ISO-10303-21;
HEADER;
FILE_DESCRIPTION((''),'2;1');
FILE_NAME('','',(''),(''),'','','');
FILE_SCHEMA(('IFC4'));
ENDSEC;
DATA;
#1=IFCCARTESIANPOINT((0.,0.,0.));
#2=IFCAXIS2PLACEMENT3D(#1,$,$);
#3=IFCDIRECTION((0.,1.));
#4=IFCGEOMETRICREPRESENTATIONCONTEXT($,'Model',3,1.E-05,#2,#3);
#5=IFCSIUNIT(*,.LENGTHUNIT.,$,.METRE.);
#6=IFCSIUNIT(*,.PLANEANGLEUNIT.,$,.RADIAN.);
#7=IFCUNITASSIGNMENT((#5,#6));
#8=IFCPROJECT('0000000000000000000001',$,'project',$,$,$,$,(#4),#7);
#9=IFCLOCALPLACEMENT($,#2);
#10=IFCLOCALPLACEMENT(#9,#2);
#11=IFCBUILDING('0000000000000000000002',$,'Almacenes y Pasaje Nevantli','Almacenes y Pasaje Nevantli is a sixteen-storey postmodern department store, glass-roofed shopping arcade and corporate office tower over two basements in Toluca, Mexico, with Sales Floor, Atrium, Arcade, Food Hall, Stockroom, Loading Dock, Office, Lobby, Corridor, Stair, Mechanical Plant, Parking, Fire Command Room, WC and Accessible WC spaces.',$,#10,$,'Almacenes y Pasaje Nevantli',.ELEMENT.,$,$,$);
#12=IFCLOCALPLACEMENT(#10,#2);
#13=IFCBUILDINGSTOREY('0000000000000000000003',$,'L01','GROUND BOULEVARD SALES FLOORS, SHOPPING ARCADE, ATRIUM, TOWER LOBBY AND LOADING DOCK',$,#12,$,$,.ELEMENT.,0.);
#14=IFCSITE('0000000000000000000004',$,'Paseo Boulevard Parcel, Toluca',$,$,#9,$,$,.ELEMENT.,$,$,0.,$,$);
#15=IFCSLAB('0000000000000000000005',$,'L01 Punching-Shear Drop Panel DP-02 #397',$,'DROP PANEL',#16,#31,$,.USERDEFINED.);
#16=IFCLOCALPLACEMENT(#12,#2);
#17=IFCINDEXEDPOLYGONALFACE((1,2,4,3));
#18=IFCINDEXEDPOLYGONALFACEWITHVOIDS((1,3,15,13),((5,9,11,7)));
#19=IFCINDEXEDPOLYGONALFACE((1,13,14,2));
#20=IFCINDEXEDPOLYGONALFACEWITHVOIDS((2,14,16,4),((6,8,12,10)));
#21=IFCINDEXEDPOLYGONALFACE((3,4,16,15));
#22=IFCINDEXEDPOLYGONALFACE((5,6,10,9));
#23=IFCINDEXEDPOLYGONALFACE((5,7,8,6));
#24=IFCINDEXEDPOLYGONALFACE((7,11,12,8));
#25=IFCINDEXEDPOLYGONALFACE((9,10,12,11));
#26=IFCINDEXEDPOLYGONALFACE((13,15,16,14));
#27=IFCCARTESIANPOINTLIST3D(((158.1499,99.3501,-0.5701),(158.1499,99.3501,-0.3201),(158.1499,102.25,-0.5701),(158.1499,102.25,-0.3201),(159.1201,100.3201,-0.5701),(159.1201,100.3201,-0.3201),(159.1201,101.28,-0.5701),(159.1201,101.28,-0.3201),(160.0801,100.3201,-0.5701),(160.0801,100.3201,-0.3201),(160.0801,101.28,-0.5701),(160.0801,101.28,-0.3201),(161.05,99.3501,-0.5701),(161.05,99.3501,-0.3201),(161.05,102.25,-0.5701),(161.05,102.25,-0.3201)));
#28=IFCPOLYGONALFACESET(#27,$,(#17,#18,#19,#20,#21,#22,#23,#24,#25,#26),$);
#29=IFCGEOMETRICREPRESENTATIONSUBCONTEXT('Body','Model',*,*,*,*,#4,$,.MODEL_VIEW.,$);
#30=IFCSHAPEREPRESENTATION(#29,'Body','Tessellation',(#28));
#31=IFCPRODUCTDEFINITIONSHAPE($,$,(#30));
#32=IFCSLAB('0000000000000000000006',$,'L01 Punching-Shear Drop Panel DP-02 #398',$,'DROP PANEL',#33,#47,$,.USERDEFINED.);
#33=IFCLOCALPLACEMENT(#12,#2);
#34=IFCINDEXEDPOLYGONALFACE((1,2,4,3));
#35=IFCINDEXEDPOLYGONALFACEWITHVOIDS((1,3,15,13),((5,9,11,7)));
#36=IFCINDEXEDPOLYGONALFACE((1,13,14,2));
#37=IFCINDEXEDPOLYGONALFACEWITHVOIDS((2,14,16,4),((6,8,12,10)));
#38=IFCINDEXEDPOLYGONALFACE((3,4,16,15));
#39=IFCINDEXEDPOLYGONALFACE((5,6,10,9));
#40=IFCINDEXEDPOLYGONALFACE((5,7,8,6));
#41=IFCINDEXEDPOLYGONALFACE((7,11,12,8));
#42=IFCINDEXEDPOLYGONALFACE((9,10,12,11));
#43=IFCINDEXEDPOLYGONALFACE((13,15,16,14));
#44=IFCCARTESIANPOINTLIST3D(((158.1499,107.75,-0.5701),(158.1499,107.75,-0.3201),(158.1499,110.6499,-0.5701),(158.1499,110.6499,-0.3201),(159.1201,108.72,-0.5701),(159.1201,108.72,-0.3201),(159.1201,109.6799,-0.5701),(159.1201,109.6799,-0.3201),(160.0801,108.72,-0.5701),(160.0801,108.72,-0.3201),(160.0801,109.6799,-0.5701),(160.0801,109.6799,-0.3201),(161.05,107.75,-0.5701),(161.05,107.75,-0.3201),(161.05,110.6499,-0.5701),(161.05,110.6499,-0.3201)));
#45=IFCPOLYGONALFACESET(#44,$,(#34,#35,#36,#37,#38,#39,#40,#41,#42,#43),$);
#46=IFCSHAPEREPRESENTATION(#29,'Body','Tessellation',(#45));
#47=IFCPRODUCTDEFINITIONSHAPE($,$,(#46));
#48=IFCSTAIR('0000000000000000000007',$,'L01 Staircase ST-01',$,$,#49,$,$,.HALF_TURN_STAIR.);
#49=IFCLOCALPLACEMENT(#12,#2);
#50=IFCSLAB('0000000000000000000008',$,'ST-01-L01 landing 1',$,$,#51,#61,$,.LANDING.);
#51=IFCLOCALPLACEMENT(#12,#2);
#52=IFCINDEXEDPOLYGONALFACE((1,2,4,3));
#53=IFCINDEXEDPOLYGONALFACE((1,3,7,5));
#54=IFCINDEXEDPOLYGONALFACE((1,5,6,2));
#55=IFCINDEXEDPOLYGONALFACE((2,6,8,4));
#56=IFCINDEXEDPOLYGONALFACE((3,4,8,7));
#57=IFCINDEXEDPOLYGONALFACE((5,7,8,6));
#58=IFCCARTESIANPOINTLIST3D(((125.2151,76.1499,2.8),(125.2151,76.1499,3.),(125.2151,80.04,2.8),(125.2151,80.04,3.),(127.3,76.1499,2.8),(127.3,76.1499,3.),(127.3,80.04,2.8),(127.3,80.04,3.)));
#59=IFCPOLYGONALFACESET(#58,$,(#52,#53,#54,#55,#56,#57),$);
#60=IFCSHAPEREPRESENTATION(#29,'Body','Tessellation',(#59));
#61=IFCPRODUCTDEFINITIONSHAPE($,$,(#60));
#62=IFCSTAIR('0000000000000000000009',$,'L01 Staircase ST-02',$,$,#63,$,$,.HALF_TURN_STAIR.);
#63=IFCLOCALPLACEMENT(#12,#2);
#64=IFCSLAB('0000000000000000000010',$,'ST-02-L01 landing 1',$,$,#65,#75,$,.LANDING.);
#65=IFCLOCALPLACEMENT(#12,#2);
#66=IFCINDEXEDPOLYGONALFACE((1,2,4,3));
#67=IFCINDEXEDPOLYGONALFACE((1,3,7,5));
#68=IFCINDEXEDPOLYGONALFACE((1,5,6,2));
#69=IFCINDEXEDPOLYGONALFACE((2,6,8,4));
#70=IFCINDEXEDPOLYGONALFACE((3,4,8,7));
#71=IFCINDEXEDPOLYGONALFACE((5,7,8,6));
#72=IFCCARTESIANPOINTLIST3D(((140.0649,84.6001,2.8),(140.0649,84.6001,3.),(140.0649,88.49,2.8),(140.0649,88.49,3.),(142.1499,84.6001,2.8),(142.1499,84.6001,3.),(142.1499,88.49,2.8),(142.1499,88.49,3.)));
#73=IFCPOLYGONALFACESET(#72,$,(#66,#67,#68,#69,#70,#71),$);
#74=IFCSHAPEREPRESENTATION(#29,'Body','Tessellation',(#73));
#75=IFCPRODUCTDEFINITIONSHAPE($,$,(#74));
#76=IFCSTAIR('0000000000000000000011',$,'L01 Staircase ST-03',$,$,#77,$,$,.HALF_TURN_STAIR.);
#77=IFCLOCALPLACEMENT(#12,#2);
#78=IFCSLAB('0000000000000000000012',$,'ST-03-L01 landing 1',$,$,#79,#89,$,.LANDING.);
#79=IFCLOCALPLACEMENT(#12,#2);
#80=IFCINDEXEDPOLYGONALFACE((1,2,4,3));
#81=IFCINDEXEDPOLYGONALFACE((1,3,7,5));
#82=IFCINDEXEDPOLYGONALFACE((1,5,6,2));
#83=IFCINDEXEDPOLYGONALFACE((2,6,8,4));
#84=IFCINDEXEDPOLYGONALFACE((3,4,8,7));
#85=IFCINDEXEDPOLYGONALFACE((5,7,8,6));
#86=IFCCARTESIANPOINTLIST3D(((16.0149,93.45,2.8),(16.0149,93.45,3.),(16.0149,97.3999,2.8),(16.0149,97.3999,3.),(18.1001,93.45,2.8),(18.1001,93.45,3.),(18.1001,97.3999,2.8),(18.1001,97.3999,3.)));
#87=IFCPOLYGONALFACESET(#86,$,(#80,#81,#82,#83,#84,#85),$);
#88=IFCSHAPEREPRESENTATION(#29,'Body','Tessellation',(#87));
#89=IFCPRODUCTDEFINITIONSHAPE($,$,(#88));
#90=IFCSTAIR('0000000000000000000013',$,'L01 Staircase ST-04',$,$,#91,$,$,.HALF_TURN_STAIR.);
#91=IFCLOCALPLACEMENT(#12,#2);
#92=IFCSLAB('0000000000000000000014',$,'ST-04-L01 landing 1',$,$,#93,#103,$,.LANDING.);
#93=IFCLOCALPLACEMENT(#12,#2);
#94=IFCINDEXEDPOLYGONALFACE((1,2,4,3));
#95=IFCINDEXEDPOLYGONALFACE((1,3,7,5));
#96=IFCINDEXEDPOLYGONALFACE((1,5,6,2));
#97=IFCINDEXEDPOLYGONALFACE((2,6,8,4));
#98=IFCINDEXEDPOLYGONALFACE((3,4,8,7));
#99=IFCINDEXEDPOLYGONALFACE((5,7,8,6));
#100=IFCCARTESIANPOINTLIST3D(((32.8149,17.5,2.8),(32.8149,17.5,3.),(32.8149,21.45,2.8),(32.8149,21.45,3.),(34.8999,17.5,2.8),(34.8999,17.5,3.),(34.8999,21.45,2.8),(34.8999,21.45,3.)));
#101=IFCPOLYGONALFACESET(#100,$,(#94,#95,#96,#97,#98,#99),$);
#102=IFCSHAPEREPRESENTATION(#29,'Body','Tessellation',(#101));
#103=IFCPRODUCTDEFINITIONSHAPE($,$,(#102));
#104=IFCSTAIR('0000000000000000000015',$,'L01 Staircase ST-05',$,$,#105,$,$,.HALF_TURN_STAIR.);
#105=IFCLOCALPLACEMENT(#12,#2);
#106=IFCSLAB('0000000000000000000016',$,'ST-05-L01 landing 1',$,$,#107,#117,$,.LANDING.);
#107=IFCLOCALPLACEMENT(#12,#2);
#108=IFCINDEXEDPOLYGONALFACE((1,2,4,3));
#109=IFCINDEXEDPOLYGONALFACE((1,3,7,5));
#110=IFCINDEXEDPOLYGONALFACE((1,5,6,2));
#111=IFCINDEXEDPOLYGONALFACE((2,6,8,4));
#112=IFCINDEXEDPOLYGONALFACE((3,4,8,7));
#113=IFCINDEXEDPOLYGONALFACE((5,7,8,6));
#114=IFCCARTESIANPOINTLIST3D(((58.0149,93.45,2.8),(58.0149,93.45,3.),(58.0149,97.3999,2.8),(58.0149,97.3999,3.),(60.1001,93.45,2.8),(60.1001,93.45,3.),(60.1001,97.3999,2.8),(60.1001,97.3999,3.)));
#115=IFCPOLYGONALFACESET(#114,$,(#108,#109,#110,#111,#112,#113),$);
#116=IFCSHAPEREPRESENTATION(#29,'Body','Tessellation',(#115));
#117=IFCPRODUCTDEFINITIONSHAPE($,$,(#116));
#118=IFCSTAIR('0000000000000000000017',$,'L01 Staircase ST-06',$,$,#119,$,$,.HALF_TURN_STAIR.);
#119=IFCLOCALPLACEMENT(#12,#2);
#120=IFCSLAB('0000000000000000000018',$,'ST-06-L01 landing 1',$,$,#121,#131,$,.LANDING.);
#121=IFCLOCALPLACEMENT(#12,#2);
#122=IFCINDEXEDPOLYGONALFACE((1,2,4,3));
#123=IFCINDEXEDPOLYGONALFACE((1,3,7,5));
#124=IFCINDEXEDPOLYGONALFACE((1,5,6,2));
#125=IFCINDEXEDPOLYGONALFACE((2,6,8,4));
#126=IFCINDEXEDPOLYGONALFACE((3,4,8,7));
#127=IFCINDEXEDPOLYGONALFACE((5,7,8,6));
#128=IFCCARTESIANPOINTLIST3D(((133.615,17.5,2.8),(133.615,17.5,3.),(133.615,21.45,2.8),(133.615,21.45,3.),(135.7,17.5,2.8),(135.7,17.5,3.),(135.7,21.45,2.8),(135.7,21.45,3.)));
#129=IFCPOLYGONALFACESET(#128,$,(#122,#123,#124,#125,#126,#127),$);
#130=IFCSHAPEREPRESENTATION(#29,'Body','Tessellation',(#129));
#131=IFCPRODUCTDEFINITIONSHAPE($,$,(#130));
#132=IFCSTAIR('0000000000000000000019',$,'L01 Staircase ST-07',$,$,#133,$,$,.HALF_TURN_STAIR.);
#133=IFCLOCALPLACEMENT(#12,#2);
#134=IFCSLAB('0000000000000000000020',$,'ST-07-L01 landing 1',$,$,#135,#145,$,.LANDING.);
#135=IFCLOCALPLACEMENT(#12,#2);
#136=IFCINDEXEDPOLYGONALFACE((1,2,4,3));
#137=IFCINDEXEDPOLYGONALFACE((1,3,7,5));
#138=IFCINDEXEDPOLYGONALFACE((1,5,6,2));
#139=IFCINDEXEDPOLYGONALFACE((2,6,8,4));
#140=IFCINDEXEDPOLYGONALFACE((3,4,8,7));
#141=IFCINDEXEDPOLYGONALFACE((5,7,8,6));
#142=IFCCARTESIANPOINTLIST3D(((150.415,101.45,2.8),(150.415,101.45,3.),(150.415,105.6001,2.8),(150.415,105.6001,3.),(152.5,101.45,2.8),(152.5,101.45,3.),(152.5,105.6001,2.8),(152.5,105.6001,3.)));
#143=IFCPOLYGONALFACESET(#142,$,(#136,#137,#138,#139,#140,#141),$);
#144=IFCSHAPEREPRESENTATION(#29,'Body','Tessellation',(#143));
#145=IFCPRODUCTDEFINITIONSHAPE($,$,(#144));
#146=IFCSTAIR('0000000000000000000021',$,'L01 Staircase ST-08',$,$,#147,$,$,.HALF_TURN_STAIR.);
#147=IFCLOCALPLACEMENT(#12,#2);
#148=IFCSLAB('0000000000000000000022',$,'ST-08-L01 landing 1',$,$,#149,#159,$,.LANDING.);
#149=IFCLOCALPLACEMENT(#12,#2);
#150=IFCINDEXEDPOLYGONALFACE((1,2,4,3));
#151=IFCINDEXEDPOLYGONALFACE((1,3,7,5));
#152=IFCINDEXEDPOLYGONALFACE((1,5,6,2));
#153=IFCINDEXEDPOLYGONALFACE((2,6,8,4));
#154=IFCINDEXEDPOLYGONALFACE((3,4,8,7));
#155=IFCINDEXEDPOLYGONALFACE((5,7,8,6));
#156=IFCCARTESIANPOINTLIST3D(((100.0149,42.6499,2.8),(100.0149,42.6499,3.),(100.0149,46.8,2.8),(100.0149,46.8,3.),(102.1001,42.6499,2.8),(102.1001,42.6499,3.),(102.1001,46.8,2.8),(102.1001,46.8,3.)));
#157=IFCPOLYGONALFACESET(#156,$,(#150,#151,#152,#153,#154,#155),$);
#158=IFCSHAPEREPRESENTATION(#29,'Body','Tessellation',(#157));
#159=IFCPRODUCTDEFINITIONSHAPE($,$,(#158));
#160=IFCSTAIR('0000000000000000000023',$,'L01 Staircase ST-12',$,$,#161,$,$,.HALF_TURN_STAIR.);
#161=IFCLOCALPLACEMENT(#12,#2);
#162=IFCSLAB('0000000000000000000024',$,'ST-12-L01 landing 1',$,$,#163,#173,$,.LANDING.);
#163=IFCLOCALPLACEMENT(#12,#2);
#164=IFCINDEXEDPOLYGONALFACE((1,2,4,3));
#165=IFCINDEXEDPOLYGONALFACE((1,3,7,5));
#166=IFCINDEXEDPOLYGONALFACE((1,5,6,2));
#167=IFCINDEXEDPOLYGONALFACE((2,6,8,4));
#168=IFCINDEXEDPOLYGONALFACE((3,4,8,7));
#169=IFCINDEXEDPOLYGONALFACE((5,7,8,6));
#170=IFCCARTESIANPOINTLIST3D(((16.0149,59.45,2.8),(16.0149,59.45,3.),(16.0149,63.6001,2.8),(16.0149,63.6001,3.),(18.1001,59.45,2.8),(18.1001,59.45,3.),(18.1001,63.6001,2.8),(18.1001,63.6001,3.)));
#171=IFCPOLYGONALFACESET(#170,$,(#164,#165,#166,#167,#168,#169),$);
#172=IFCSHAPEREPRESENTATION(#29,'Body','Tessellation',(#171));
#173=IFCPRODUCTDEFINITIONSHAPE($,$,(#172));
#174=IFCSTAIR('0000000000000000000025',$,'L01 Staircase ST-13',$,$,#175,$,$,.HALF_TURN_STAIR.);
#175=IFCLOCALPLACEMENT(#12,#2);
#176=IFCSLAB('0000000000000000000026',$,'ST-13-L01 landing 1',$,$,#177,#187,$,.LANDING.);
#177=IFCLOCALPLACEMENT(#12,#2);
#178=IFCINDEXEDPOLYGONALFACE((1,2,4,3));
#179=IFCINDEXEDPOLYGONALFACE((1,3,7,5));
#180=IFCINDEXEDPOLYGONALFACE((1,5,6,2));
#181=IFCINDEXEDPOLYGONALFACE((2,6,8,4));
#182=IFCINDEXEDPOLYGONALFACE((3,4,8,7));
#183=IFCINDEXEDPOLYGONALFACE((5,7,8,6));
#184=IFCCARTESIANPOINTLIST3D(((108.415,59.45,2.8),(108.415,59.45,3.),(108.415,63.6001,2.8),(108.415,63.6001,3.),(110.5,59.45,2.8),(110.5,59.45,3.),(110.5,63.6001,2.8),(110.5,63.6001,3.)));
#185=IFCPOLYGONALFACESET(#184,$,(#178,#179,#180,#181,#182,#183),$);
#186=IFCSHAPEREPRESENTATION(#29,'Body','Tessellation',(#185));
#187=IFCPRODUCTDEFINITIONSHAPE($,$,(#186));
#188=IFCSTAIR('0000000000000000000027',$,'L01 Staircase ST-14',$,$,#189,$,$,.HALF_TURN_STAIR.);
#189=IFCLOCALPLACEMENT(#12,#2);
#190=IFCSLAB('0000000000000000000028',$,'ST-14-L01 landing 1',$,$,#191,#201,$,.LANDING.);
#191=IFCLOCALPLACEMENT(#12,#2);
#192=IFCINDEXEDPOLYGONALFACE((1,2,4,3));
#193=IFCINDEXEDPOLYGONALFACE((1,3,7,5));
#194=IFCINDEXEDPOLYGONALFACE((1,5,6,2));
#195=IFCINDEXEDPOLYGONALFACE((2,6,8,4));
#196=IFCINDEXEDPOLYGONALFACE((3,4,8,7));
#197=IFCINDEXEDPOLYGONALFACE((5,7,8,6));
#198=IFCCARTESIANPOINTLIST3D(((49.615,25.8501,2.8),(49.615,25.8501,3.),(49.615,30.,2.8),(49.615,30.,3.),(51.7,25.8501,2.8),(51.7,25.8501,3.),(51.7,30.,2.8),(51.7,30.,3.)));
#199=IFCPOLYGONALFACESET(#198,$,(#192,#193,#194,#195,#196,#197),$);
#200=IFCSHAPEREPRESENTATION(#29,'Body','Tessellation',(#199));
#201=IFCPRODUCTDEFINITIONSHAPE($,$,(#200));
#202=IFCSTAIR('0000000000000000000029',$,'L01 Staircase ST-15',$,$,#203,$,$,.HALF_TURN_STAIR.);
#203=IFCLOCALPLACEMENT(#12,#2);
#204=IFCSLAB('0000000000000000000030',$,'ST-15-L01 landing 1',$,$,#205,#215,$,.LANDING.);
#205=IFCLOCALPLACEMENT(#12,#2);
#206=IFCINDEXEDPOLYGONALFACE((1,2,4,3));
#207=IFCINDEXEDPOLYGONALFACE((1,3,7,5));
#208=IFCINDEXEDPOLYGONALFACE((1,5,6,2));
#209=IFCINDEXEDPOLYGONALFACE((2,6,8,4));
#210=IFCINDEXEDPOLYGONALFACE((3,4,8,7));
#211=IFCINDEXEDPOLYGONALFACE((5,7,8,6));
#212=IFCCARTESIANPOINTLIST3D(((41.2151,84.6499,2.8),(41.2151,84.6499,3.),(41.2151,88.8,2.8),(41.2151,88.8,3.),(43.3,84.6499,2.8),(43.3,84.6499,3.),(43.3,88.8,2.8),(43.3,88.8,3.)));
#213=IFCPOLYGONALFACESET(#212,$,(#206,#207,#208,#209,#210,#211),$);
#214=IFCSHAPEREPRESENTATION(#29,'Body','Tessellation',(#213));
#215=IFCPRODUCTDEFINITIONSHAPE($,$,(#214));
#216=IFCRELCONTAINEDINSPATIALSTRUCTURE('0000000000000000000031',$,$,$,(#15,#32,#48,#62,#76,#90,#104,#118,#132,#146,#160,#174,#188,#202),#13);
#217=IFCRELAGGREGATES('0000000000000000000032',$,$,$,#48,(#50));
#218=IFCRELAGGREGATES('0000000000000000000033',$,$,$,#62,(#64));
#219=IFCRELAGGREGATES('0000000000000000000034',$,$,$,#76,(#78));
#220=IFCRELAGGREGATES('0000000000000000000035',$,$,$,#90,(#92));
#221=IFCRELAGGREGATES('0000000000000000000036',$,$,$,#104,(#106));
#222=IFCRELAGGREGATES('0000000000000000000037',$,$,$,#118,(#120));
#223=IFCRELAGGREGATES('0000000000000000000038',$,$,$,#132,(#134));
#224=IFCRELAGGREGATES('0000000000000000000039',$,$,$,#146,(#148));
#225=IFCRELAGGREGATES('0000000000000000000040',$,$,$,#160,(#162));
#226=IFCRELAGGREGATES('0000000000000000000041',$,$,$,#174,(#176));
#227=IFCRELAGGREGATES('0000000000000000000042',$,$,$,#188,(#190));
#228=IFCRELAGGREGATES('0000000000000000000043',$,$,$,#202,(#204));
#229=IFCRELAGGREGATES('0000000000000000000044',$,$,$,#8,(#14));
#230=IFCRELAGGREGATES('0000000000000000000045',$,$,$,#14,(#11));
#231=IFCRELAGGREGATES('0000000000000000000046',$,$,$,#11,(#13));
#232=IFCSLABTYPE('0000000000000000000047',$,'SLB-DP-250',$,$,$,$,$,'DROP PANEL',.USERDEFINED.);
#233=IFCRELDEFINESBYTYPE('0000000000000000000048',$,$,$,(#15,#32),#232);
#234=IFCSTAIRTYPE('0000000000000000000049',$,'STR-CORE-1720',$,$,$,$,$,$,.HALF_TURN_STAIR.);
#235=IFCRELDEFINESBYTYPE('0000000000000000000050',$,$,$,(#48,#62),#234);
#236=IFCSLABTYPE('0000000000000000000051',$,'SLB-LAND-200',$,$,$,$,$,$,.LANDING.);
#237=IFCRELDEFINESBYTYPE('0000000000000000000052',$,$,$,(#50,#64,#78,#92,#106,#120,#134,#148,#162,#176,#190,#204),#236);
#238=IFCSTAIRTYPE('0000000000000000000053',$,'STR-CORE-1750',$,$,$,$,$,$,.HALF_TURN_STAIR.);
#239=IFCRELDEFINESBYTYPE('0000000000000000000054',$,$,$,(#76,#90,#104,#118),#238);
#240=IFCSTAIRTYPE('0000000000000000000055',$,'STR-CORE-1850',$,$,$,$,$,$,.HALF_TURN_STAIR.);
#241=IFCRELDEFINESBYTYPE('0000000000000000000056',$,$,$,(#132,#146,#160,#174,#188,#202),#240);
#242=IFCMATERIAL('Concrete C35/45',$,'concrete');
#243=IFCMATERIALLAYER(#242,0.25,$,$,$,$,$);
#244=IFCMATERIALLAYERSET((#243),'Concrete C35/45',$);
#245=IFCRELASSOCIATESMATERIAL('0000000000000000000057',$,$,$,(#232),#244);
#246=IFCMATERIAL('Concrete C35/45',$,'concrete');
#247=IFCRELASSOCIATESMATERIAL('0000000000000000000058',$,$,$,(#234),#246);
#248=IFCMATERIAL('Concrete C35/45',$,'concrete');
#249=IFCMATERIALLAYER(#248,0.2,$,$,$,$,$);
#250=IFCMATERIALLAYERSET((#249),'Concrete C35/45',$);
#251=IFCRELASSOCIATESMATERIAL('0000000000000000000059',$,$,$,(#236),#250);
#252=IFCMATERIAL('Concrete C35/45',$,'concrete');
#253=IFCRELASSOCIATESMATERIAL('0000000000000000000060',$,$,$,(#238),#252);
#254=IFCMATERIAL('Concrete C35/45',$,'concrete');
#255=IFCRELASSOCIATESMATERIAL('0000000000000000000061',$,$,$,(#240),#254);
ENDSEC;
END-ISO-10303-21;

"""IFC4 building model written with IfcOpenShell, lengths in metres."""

from ifc_helpers import new_model, si_unit, direction, frame, origin, place, context, subcontext, project, spatial, polyline, outline, extrude, material, layer, layer_set, type_object, element, aggregate, save


model = new_model("IFC4")

# Units and contexts
model_context = context("Model", 3, precision=1e-05, world=origin(), true_north=direction((0.0, 1.0)))
body_context = subcontext(model_context, "Body", "Model", "MODEL_VIEW")
ifc_project = project(units=[si_unit("LENGTHUNIT", "METRE"), si_unit("PLANEANGLEUNIT", "RADIAN")], contexts=[model_context])

# Site, building, storey
site_placement = place(None, origin())
site = spatial("IfcSite", under=ifc_project, at=site_placement, Name="Paseo Boulevard Parcel, Toluca", CompositionType="ELEMENT", RefElevation=0.0)
building_placement = place(site_placement, origin())
building = spatial("IfcBuilding", under=site, at=building_placement, Name="Almacenes y Pasaje Nevantli", Description="Almacenes y Pasaje Nevantli is a sixteen-storey postmodern department store, glass-roofed shopping arcade and corporate office tower over two basements in Toluca, Mexico, with Sales Floor, Atrium, Arcade, Food Hall, Stockroom, Loading Dock, Office, Lobby, Corridor, Stair, Mechanical Plant, Parking, Fire Command Room, WC and Accessible WC spaces.", LongName="Almacenes y Pasaje Nevantli", CompositionType="ELEMENT")
storey_placement = place(building_placement, origin())
storey = spatial("IfcBuildingStorey", under=building, at=storey_placement, Name="L01", Description="GROUND BOULEVARD SALES FLOORS, SHOPPING ARCADE, ATRIUM, TOWER LOBBY AND LOADING DOCK", CompositionType="ELEMENT", Elevation=0.0)

# Slabs
ifc_material_1 = material(Name="Concrete C35/45", Category="concrete")
ifc_layer_1 = layer(ifc_material_1, 0.25)
ifc_layer_set_1 = layer_set([ifc_layer_1], Name="Concrete C35/45")
slab_type_1 = type_object("IfcSlabType", Name="SLB-DP-250", ElementType="DROP PANEL", PredefinedType="USERDEFINED", material=ifc_layer_set_1)
slab_1_placement = place(storey_placement, frame((0.0, 0.0, -0.5701)))
element("IfcSlab", 1, at=slab_1_placement, inside=storey, type_object=slab_type_1, Name="L01 Punching-Shear Drop Panel DP-02 #397", ObjectType="DROP PANEL", PredefinedType="USERDEFINED", context=body_context, shape_type="SweptSolid", body=[
    extrude(outline(polyline([(158.1499, 99.3501), (161.05, 99.3501), (161.05, 102.25), (158.1499, 102.25), (158.1499, 99.3501)]), holes=[polyline([(159.1201, 100.3201), (160.0801, 100.3201), (160.0801, 101.28), (159.1201, 101.28), (159.1201, 100.3201)])]), origin(), (0.0, 0.0, 1.0), 0.25),
])
slab_2_placement = place(storey_placement, frame((0.0, 0.0, -0.5701)))
element("IfcSlab", 2, at=slab_2_placement, inside=storey, type_object=slab_type_1, Name="L01 Punching-Shear Drop Panel DP-02 #398", ObjectType="DROP PANEL", PredefinedType="USERDEFINED", context=body_context, shape_type="SweptSolid", body=[
    extrude(outline(polyline([(158.1499, 107.75), (161.05, 107.75), (161.05, 110.6499), (158.1499, 110.6499), (158.1499, 107.75)]), holes=[polyline([(159.1201, 108.72), (160.0801, 108.72), (160.0801, 109.6799), (159.1201, 109.6799), (159.1201, 108.72)])]), origin(), (0.0, 0.0, 1.0), 0.25),
])

# Stairs, slabs
ifc_material_2 = material(Name="Concrete C35/45", Category="concrete")
stair_type_1 = type_object("IfcStairType", Name="STR-CORE-1720", PredefinedType="HALF_TURN_STAIR", material=ifc_material_2)
stair_1_placement = place(storey_placement, origin())
stair_1 = element("IfcStair", 3, at=stair_1_placement, inside=storey, type_object=stair_type_1, Name="L01 Staircase ST-01", PredefinedType="HALF_TURN_STAIR")
ifc_material_3 = material(Name="Concrete C35/45", Category="concrete")
ifc_layer_2 = layer(ifc_material_3, 0.2)
ifc_layer_set_2 = layer_set([ifc_layer_2], Name="Concrete C35/45")
slab_type_2 = type_object("IfcSlabType", Name="SLB-LAND-200", PredefinedType="LANDING", material=ifc_layer_set_2)
slab_3_placement = place(storey_placement, frame((0.0, 0.0, 2.8)))
slab_3 = element("IfcSlab", 4, at=slab_3_placement, type_object=slab_type_2, Name="ST-01-L01 landing 1", PredefinedType="LANDING", context=body_context, shape_type="SweptSolid", body=[
    extrude(outline(polyline([(125.2151, 76.1499), (127.3, 76.1499), (127.3, 80.04), (125.2151, 80.04), (125.2151, 76.1499)])), origin(), (0.0, 0.0, 1.0), 0.2),
])
aggregate(stair_1, [slab_3])
stair_2_placement = place(storey_placement, origin())
stair_2 = element("IfcStair", 5, at=stair_2_placement, inside=storey, type_object=stair_type_1, Name="L01 Staircase ST-02", PredefinedType="HALF_TURN_STAIR")
slab_4_placement = place(storey_placement, frame((0.0, 0.0, 2.8)))
slab_4 = element("IfcSlab", 6, at=slab_4_placement, type_object=slab_type_2, Name="ST-02-L01 landing 1", PredefinedType="LANDING", context=body_context, shape_type="SweptSolid", body=[
    extrude(outline(polyline([(140.0649, 84.6001), (142.1499, 84.6001), (142.1499, 88.49), (140.0649, 88.49), (140.0649, 84.6001)])), origin(), (0.0, 0.0, 1.0), 0.2),
])
aggregate(stair_2, [slab_4])
ifc_material_4 = material(Name="Concrete C35/45", Category="concrete")
stair_type_2 = type_object("IfcStairType", Name="STR-CORE-1750", PredefinedType="HALF_TURN_STAIR", material=ifc_material_4)
stair_3_placement = place(storey_placement, origin())
stair_3 = element("IfcStair", 7, at=stair_3_placement, inside=storey, type_object=stair_type_2, Name="L01 Staircase ST-03", PredefinedType="HALF_TURN_STAIR")
slab_5_placement = place(storey_placement, frame((0.0, 0.0, 2.8)))
slab_5 = element("IfcSlab", 8, at=slab_5_placement, type_object=slab_type_2, Name="ST-03-L01 landing 1", PredefinedType="LANDING", context=body_context, shape_type="SweptSolid", body=[
    extrude(outline(polyline([(16.0149, 93.45), (18.1001, 93.45), (18.1001, 97.3999), (16.0149, 97.3999), (16.0149, 93.45)])), origin(), (0.0, 0.0, 1.0), 0.2),
])
aggregate(stair_3, [slab_5])
stair_4_placement = place(storey_placement, origin())
stair_4 = element("IfcStair", 9, at=stair_4_placement, inside=storey, type_object=stair_type_2, Name="L01 Staircase ST-04", PredefinedType="HALF_TURN_STAIR")
slab_6_placement = place(storey_placement, frame((0.0, 0.0, 2.8)))
slab_6 = element("IfcSlab", 10, at=slab_6_placement, type_object=slab_type_2, Name="ST-04-L01 landing 1", PredefinedType="LANDING", context=body_context, shape_type="SweptSolid", body=[
    extrude(outline(polyline([(32.8149, 17.5), (34.8999, 17.5), (34.8999, 21.45), (32.8149, 21.45), (32.8149, 17.5)])), origin(), (0.0, 0.0, 1.0), 0.2),
])
aggregate(stair_4, [slab_6])
stair_5_placement = place(storey_placement, origin())
stair_5 = element("IfcStair", 11, at=stair_5_placement, inside=storey, type_object=stair_type_2, Name="L01 Staircase ST-05", PredefinedType="HALF_TURN_STAIR")
slab_7_placement = place(storey_placement, frame((0.0, 0.0, 2.8)))
slab_7 = element("IfcSlab", 12, at=slab_7_placement, type_object=slab_type_2, Name="ST-05-L01 landing 1", PredefinedType="LANDING", context=body_context, shape_type="SweptSolid", body=[
    extrude(outline(polyline([(58.0149, 93.45), (60.1001, 93.45), (60.1001, 97.3999), (58.0149, 97.3999), (58.0149, 93.45)])), origin(), (0.0, 0.0, 1.0), 0.2),
])
aggregate(stair_5, [slab_7])
stair_6_placement = place(storey_placement, origin())
stair_6 = element("IfcStair", 13, at=stair_6_placement, inside=storey, type_object=stair_type_2, Name="L01 Staircase ST-06", PredefinedType="HALF_TURN_STAIR")
slab_8_placement = place(storey_placement, frame((0.0, 0.0, 2.8)))
slab_8 = element("IfcSlab", 14, at=slab_8_placement, type_object=slab_type_2, Name="ST-06-L01 landing 1", PredefinedType="LANDING", context=body_context, shape_type="SweptSolid", body=[
    extrude(outline(polyline([(133.615, 17.5), (135.7, 17.5), (135.7, 21.45), (133.615, 21.45), (133.615, 17.5)])), origin(), (0.0, 0.0, 1.0), 0.2),
])
aggregate(stair_6, [slab_8])
ifc_material_5 = material(Name="Concrete C35/45", Category="concrete")
stair_type_3 = type_object("IfcStairType", Name="STR-CORE-1850", PredefinedType="HALF_TURN_STAIR", material=ifc_material_5)
stair_7_placement = place(storey_placement, origin())
stair_7 = element("IfcStair", 15, at=stair_7_placement, inside=storey, type_object=stair_type_3, Name="L01 Staircase ST-07", PredefinedType="HALF_TURN_STAIR")
slab_9_placement = place(storey_placement, frame((0.0, 0.0, 2.8)))
slab_9 = element("IfcSlab", 16, at=slab_9_placement, type_object=slab_type_2, Name="ST-07-L01 landing 1", PredefinedType="LANDING", context=body_context, shape_type="SweptSolid", body=[
    extrude(outline(polyline([(150.415, 101.45), (152.5, 101.45), (152.5, 105.6001), (150.415, 105.6001), (150.415, 101.45)])), origin(), (0.0, 0.0, 1.0), 0.2),
])
aggregate(stair_7, [slab_9])
stair_8_placement = place(storey_placement, origin())
stair_8 = element("IfcStair", 17, at=stair_8_placement, inside=storey, type_object=stair_type_3, Name="L01 Staircase ST-08", PredefinedType="HALF_TURN_STAIR")
slab_10_placement = place(storey_placement, frame((0.0, 0.0, 2.8)))
slab_10 = element("IfcSlab", 18, at=slab_10_placement, type_object=slab_type_2, Name="ST-08-L01 landing 1", PredefinedType="LANDING", context=body_context, shape_type="SweptSolid", body=[
    extrude(outline(polyline([(100.0149, 42.6499), (102.1001, 42.6499), (102.1001, 46.8), (100.0149, 46.8), (100.0149, 42.6499)])), origin(), (0.0, 0.0, 1.0), 0.2),
])
aggregate(stair_8, [slab_10])
stair_9_placement = place(storey_placement, origin())
stair_9 = element("IfcStair", 19, at=stair_9_placement, inside=storey, type_object=stair_type_3, Name="L01 Staircase ST-12", PredefinedType="HALF_TURN_STAIR")
slab_11_placement = place(storey_placement, frame((0.0, 0.0, 2.8)))
slab_11 = element("IfcSlab", 20, at=slab_11_placement, type_object=slab_type_2, Name="ST-12-L01 landing 1", PredefinedType="LANDING", context=body_context, shape_type="SweptSolid", body=[
    extrude(outline(polyline([(16.0149, 59.45), (18.1001, 59.45), (18.1001, 63.6001), (16.0149, 63.6001), (16.0149, 59.45)])), origin(), (0.0, 0.0, 1.0), 0.2),
])
aggregate(stair_9, [slab_11])
stair_10_placement = place(storey_placement, origin())
stair_10 = element("IfcStair", 21, at=stair_10_placement, inside=storey, type_object=stair_type_3, Name="L01 Staircase ST-13", PredefinedType="HALF_TURN_STAIR")
slab_12_placement = place(storey_placement, frame((0.0, 0.0, 2.8)))
slab_12 = element("IfcSlab", 22, at=slab_12_placement, type_object=slab_type_2, Name="ST-13-L01 landing 1", PredefinedType="LANDING", context=body_context, shape_type="SweptSolid", body=[
    extrude(outline(polyline([(108.415, 59.45), (110.5, 59.45), (110.5, 63.6001), (108.415, 63.6001), (108.415, 59.45)])), origin(), (0.0, 0.0, 1.0), 0.2),
])
aggregate(stair_10, [slab_12])
stair_11_placement = place(storey_placement, origin())
stair_11 = element("IfcStair", 23, at=stair_11_placement, inside=storey, type_object=stair_type_3, Name="L01 Staircase ST-14", PredefinedType="HALF_TURN_STAIR")
slab_13_placement = place(storey_placement, frame((0.0, 0.0, 2.8)))
slab_13 = element("IfcSlab", 24, at=slab_13_placement, type_object=slab_type_2, Name="ST-14-L01 landing 1", PredefinedType="LANDING", context=body_context, shape_type="SweptSolid", body=[
    extrude(outline(polyline([(49.615, 25.8501), (51.7, 25.8501), (51.7, 30.0), (49.615, 30.0), (49.615, 25.8501)])), origin(), (0.0, 0.0, 1.0), 0.2),
])
aggregate(stair_11, [slab_13])
stair_12_placement = place(storey_placement, origin())
stair_12 = element("IfcStair", 25, at=stair_12_placement, inside=storey, type_object=stair_type_3, Name="L01 Staircase ST-15", PredefinedType="HALF_TURN_STAIR")
slab_14_placement = place(storey_placement, frame((0.0, 0.0, 2.8)))
slab_14 = element("IfcSlab", 26, at=slab_14_placement, type_object=slab_type_2, Name="ST-15-L01 landing 1", PredefinedType="LANDING", context=body_context, shape_type="SweptSolid", body=[
    extrude(outline(polyline([(41.2151, 84.6499), (43.3, 84.6499), (43.3, 88.8), (41.2151, 88.8), (41.2151, 84.6499)])), origin(), (0.0, 0.0, 1.0), 0.2),
])
aggregate(stair_12, [slab_14])

save(model, "model.ifc")
